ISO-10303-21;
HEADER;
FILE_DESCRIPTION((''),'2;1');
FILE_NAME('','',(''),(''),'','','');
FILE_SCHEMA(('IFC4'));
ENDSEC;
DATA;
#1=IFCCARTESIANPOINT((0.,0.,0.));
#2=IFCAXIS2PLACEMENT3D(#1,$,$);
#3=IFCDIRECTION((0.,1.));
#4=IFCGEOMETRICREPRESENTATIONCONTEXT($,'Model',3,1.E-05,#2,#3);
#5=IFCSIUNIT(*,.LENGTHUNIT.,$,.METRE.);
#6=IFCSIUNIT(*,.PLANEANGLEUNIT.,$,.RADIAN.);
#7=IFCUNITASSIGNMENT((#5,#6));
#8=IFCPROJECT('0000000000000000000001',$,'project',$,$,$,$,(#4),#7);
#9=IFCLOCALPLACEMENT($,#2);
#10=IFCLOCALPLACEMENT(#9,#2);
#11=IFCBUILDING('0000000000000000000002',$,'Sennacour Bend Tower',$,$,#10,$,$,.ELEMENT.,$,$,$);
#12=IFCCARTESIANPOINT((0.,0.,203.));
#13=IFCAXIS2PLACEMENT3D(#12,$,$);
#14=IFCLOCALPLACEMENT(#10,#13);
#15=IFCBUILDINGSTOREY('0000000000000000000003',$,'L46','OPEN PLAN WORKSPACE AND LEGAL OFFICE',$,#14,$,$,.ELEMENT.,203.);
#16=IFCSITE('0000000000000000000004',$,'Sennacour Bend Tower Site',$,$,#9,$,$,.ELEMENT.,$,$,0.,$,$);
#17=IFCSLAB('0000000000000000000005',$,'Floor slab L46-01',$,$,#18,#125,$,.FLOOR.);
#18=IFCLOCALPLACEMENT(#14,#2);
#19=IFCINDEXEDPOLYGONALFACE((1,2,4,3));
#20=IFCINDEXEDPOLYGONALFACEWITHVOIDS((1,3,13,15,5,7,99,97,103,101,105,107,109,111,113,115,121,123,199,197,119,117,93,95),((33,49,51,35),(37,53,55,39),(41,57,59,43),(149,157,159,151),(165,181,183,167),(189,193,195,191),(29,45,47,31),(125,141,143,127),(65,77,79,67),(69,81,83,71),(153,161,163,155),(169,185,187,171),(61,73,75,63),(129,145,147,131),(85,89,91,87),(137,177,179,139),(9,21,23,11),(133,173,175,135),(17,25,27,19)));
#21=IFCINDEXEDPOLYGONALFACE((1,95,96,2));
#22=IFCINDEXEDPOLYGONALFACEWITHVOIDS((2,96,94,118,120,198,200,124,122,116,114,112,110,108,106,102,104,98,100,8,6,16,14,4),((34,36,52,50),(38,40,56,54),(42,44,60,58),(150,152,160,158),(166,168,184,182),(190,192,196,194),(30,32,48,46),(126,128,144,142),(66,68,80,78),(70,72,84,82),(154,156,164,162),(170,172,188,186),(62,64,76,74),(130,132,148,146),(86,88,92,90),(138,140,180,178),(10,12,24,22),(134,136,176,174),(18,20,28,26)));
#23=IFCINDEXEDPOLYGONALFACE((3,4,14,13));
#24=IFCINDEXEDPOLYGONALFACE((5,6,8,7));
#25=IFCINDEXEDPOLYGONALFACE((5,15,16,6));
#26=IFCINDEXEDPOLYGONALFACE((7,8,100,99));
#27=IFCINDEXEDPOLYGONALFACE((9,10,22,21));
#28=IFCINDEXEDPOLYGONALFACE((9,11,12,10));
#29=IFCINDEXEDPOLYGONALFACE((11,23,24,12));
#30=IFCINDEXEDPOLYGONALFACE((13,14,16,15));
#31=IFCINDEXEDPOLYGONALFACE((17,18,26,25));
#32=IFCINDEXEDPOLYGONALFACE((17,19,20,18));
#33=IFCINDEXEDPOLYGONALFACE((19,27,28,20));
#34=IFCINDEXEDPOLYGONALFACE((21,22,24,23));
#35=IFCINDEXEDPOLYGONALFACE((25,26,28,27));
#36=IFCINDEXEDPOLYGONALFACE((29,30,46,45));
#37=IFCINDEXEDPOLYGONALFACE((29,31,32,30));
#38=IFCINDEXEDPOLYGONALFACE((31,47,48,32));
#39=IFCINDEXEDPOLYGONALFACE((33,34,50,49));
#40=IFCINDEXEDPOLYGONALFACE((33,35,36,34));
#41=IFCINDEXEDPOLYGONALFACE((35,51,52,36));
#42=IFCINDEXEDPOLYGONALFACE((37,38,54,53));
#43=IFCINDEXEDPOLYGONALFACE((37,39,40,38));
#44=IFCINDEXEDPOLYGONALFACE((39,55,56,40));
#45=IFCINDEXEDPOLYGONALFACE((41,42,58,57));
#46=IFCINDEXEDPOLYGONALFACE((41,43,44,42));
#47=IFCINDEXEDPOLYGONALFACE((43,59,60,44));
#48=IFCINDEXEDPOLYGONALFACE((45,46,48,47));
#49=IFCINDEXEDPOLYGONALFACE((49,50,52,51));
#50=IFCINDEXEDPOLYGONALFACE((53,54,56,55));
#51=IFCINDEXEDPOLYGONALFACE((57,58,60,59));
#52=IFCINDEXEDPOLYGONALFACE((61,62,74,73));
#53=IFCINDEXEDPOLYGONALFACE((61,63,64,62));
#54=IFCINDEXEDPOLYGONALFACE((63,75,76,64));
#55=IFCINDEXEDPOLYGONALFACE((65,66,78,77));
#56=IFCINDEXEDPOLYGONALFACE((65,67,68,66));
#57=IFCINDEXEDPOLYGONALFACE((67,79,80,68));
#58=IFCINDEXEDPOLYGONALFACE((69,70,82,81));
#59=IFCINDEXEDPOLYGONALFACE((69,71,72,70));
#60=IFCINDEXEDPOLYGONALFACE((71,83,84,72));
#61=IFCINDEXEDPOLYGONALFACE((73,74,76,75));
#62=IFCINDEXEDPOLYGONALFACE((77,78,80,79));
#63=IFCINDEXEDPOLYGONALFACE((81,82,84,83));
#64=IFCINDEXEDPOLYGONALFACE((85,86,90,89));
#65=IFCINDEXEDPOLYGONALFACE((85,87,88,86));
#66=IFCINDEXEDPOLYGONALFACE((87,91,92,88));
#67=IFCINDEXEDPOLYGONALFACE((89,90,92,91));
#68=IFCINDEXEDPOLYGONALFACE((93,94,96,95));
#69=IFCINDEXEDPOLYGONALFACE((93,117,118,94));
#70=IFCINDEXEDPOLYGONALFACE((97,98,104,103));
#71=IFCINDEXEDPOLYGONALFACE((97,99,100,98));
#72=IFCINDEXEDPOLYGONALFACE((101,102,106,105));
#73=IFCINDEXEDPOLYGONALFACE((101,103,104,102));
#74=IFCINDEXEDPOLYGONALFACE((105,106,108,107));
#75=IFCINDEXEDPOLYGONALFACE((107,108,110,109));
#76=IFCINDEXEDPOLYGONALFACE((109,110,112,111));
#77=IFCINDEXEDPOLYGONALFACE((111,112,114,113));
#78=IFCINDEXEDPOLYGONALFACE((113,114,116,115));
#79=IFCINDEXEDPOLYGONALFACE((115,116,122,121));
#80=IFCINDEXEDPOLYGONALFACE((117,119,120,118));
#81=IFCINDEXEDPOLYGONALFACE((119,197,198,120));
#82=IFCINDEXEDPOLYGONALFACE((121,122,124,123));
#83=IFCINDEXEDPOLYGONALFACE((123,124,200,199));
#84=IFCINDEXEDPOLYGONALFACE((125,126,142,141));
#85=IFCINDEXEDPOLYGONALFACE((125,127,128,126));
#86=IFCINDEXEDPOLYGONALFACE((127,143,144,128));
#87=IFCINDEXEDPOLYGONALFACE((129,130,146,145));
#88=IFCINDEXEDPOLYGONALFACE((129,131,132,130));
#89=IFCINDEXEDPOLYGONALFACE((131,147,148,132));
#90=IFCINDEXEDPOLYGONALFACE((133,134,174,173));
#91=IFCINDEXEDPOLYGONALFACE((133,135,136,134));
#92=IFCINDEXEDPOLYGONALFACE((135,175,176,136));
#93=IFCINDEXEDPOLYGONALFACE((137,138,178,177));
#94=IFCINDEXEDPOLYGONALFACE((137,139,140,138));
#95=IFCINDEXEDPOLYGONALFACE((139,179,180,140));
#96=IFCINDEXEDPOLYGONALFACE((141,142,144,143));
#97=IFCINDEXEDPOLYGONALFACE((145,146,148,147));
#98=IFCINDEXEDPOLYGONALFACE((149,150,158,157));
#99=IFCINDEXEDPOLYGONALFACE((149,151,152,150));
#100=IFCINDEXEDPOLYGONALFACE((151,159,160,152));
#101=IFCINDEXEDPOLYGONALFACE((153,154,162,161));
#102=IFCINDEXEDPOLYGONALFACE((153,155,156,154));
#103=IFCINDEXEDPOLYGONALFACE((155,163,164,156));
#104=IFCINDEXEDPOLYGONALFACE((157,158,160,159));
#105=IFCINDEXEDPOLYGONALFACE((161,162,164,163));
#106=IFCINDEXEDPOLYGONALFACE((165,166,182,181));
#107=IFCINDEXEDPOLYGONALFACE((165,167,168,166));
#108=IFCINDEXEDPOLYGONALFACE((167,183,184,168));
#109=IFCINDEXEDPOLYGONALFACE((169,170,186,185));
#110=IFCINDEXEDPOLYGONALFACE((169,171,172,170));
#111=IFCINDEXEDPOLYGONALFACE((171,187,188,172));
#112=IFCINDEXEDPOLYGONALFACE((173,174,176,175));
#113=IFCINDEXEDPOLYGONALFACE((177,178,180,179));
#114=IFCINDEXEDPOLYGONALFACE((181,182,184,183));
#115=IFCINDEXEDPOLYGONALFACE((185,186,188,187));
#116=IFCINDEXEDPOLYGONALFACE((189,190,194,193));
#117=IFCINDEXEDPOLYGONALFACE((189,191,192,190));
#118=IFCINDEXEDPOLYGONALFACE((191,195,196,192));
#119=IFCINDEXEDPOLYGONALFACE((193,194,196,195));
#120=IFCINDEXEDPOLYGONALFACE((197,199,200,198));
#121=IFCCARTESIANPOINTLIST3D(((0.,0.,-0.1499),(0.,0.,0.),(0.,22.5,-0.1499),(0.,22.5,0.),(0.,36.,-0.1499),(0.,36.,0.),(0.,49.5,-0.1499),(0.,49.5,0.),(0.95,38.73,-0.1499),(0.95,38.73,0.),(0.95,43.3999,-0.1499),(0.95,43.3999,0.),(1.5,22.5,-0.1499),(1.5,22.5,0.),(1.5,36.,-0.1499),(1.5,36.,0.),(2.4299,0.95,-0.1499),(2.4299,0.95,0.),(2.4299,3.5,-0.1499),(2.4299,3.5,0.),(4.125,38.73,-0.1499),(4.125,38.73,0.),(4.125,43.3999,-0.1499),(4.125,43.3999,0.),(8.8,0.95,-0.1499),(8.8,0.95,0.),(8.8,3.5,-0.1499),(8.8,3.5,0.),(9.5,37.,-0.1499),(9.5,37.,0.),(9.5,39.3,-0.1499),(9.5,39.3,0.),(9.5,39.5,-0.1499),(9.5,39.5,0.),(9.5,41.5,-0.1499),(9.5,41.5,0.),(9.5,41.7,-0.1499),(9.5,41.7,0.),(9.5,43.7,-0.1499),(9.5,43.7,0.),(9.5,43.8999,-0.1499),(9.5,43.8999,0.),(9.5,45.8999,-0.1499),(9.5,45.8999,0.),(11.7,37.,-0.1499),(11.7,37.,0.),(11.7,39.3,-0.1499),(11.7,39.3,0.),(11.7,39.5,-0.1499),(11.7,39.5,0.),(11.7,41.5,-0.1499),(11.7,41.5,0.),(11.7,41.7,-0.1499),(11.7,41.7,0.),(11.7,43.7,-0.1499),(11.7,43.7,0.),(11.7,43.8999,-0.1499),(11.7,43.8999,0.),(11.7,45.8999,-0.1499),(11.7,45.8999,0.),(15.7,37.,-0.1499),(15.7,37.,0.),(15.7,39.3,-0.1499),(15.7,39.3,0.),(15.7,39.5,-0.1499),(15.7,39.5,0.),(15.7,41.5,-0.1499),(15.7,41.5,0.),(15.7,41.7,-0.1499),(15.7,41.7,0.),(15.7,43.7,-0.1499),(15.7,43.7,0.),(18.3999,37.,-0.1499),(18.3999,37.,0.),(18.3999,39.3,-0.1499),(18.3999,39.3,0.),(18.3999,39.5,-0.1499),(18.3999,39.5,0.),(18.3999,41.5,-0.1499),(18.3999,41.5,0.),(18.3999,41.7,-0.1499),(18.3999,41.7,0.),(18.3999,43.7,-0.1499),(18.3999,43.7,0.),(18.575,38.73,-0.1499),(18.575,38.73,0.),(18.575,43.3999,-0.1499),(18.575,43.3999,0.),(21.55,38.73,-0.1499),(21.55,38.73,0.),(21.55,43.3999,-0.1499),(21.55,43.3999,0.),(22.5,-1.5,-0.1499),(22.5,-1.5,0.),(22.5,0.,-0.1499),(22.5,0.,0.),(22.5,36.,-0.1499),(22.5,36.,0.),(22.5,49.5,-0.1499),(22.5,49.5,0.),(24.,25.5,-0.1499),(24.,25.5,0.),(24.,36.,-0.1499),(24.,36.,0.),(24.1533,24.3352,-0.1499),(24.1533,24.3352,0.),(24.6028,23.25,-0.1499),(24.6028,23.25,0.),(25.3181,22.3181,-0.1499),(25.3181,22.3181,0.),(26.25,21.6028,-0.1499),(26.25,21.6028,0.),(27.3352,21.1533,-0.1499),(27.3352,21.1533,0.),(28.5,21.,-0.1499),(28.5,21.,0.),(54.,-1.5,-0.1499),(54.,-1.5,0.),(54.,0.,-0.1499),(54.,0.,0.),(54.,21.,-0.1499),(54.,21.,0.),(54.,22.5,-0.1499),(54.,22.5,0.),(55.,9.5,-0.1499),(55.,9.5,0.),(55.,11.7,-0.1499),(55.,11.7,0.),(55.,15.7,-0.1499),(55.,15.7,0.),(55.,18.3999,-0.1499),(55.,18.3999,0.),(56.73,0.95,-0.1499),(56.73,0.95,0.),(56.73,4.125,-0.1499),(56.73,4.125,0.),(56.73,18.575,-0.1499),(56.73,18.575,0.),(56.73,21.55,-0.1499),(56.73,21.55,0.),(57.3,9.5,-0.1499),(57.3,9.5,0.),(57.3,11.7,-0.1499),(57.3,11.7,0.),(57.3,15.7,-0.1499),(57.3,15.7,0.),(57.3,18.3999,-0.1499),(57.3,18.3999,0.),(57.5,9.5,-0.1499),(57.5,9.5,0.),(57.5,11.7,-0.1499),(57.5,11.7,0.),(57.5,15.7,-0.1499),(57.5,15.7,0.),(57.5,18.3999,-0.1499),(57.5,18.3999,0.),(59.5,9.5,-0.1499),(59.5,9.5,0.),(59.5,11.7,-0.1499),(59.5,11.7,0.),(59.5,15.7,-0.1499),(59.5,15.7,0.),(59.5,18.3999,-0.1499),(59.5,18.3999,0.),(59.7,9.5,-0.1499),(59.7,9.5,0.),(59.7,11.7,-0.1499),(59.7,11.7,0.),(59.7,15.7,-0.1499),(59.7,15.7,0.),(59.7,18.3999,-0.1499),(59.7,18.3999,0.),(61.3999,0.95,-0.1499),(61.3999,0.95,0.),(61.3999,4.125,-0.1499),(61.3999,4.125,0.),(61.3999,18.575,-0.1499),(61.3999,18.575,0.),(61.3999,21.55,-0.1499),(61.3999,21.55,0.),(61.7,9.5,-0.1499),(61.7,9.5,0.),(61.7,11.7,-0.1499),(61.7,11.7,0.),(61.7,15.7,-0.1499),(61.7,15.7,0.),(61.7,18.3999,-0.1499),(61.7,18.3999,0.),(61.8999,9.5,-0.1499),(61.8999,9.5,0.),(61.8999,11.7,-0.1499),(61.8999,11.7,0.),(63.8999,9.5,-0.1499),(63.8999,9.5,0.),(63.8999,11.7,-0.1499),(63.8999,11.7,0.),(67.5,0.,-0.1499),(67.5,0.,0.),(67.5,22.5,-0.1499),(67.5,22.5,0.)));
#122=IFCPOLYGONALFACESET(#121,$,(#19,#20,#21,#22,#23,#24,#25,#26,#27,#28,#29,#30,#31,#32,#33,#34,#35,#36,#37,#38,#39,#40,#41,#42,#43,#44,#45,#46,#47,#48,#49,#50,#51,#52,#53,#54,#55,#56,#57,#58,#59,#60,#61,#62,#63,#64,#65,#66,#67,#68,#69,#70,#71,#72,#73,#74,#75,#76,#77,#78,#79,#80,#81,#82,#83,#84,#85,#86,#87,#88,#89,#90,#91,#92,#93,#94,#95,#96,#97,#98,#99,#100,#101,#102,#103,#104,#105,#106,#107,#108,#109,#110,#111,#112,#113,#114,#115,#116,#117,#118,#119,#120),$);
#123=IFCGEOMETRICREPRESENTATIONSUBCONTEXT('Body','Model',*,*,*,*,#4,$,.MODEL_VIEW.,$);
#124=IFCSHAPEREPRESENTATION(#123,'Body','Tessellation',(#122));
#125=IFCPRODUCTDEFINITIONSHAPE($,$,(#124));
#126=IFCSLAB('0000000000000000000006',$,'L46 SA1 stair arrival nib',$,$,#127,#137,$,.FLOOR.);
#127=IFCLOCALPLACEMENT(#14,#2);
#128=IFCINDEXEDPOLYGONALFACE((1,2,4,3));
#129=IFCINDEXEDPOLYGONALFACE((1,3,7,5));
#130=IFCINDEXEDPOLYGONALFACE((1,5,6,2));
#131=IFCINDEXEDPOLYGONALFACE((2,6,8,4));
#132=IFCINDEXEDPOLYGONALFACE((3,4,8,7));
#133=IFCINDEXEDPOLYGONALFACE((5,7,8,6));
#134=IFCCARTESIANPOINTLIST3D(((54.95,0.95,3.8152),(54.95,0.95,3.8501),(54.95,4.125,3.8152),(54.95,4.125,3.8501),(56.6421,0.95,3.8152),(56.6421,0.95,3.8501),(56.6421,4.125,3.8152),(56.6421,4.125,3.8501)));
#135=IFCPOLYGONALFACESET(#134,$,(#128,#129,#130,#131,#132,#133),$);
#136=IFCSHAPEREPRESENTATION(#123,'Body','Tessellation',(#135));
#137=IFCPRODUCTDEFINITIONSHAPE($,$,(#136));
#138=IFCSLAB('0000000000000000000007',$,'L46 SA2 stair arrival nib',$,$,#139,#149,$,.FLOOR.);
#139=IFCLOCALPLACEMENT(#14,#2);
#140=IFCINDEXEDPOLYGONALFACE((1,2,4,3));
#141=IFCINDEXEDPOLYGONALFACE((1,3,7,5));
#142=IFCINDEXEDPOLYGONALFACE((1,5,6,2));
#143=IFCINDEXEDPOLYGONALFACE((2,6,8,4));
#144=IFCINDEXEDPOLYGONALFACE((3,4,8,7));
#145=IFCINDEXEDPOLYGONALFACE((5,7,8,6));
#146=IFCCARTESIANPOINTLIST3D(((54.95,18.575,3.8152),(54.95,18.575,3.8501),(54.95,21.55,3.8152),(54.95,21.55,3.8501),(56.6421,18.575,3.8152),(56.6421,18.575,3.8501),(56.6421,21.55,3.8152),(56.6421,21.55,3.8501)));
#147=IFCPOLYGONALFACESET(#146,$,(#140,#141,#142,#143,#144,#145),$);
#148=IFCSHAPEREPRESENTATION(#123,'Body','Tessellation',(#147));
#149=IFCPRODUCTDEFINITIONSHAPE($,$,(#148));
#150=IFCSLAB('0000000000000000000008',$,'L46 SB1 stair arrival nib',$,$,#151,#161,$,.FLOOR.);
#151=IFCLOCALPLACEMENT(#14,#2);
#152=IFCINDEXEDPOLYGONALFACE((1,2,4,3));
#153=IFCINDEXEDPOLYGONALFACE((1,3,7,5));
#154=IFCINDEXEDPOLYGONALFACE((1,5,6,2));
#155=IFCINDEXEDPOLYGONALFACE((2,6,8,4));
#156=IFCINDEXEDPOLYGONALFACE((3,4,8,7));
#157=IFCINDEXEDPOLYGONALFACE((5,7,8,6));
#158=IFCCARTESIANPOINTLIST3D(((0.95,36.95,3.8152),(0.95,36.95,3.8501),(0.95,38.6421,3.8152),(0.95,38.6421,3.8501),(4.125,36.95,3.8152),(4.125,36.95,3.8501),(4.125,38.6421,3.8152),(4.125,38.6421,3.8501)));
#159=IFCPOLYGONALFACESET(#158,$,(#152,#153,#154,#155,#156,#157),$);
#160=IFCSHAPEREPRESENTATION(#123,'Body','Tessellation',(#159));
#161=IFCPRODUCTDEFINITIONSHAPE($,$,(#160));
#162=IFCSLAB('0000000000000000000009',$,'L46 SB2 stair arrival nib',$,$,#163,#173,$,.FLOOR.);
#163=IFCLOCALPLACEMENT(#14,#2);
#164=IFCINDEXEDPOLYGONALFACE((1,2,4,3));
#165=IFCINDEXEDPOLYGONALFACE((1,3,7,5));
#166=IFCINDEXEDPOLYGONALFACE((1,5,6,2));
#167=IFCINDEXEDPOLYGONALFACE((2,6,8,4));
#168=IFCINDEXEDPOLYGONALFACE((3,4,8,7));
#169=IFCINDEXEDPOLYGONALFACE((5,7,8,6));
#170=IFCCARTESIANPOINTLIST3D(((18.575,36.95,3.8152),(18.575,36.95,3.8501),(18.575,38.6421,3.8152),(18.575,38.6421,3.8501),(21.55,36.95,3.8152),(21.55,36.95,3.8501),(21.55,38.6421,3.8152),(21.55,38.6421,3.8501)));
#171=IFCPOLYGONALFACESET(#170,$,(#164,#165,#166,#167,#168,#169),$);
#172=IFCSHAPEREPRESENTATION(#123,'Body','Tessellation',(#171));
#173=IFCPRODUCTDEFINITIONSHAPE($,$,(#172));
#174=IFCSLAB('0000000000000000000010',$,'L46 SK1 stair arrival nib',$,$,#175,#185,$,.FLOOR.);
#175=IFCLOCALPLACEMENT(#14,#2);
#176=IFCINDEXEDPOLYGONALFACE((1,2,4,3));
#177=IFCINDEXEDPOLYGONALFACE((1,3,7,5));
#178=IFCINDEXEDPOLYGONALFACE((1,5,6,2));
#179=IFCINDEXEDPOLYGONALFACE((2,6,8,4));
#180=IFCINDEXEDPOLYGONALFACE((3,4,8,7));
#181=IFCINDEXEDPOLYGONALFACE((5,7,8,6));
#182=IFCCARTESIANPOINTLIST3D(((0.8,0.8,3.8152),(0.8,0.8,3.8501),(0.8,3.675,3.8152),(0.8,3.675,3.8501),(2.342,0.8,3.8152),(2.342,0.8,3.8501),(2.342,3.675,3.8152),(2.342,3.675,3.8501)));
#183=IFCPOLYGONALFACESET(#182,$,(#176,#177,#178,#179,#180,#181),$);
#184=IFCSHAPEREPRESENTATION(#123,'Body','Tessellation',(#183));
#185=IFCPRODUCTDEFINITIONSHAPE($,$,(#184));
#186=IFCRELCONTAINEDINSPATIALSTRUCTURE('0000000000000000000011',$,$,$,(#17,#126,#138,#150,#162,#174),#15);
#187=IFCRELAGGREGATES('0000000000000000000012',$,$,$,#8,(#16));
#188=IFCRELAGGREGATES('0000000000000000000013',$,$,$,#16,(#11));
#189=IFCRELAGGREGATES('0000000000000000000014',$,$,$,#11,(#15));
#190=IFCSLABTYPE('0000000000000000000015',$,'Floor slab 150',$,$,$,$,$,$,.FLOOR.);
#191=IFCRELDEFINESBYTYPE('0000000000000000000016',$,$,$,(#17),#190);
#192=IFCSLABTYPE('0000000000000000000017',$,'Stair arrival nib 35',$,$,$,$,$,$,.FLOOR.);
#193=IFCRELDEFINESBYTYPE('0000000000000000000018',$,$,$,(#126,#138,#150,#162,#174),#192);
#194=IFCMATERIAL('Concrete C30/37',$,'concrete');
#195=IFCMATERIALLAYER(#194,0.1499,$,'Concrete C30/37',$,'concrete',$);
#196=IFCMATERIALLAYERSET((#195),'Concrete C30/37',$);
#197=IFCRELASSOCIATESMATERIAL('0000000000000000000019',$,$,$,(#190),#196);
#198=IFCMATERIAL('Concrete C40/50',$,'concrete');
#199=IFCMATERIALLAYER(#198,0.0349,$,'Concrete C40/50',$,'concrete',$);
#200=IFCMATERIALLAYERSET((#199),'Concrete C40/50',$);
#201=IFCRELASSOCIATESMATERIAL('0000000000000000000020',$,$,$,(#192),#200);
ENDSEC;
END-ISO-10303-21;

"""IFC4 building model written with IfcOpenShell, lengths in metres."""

from ifc_helpers import new_model, si_unit, direction, frame, origin, place, context, subcontext, project, spatial, polyline, outline, extrude, material, layer, layer_set, type_object, element, save


model = new_model("IFC4")

# Units and contexts
model_context = context("Model", 3, precision=1e-05, world=origin(), true_north=direction((0.0, 1.0)))
body_context = subcontext(model_context, "Body", "Model", "MODEL_VIEW")
ifc_project = project(units=[si_unit("LENGTHUNIT", "METRE"), si_unit("PLANEANGLEUNIT", "RADIAN")], contexts=[model_context])

# Site, building, storey
site_placement = place(None, origin())
site = spatial("IfcSite", under=ifc_project, at=site_placement, Name="Sennacour Bend Tower Site", CompositionType="ELEMENT", RefElevation=0.0)
building_placement = place(site_placement, origin())
building = spatial("IfcBuilding", under=site, at=building_placement, Name="Sennacour Bend Tower", CompositionType="ELEMENT")
storey_placement = place(building_placement, frame((0.0, 0.0, 203.0)))
storey = spatial("IfcBuildingStorey", under=building, at=storey_placement, Name="L46", Description="OPEN PLAN WORKSPACE AND LEGAL OFFICE", CompositionType="ELEMENT", Elevation=203.0)

# Slabs
ifc_material_1 = material(Name="Concrete C30/37", Category="concrete")
ifc_layer_1 = layer(ifc_material_1, 0.1499, Name="Concrete C30/37", Category="concrete")
ifc_layer_set_1 = layer_set([ifc_layer_1], Name="Concrete C30/37")
slab_type_1 = type_object("IfcSlabType", Name="Floor slab 150", PredefinedType="FLOOR", material=ifc_layer_set_1)
slab_1_placement = place(storey_placement, frame((0.0, 0.0, -0.1499)))
element("IfcSlab", 1, at=slab_1_placement, inside=storey, type_object=slab_type_1, Name="Floor slab L46-01", PredefinedType="FLOOR", context=body_context, shape_type="SweptSolid", body=[
    extrude(outline(polyline([(22.5, 0.0), (0.0, 0.0), (0.0, 22.5), (1.5, 22.5), (1.5, 36.0), (0.0, 36.0), (0.0, 49.5), (22.5, 49.5), (22.5, 36.0), (24.0, 36.0), (24.0, 25.5), (24.1533, 24.3352), (24.6028, 23.25), (25.3181, 22.3181), (26.25, 21.6028), (27.3352, 21.1533), (28.5, 21.0), (54.0, 21.0), (54.0, 22.5), (67.5, 22.5), (67.5, 0.0), (54.0, 0.0), (54.0, -1.5), (22.5, -1.5), (22.5, 0.0)]), holes=[polyline([(8.8, 0.95), (8.8, 3.5), (2.4299, 3.5), (2.4299, 0.95), (8.8, 0.95)]), polyline([(11.7, 37.0), (11.7, 39.3), (9.5, 39.3), (9.5, 37.0), (11.7, 37.0)]), polyline([(18.3999, 37.0), (18.3999, 39.3), (15.7, 39.3), (15.7, 37.0), (18.3999, 37.0)]), polyline([(11.7, 39.5), (11.7, 41.5), (9.5, 41.5), (9.5, 39.5), (11.7, 39.5)]), polyline([(18.3999, 39.5), (18.3999, 41.5), (15.7, 41.5), (15.7, 39.5), (18.3999, 39.5)]), polyline([(4.125, 38.73), (4.125, 43.3999), (0.95, 43.3999), (0.95, 38.73), (4.125, 38.73)]), polyline([(21.55, 38.73), (21.55, 43.3999), (18.575, 43.3999), (18.575, 38.73), (21.55, 38.73)]), polyline([(9.5, 41.7), (11.7, 41.7), (11.7, 43.7), (9.5, 43.7), (9.5, 41.7)]), polyline([(15.7, 41.7), (18.3999, 41.7), (18.3999, 43.7), (15.7, 43.7), (15.7, 41.7)]), polyline([(11.7, 43.8999), (11.7, 45.8999), (9.5, 45.8999), (9.5, 43.8999), (11.7, 43.8999)]), polyline([(61.3999, 0.95), (61.3999, 4.125), (56.73, 4.125), (56.73, 0.95), (61.3999, 0.95)]), polyline([(57.3, 9.5), (57.3, 11.7), (55.0, 11.7), (55.0, 9.5), (57.3, 9.5)]), polyline([(57.5, 9.5), (59.5, 9.5), (59.5, 11.7), (57.5, 11.7), (57.5, 9.5)]), polyline([(59.7, 9.5), (61.7, 9.5), (61.7, 11.7), (59.7, 11.7), (59.7, 9.5)]), polyline([(63.8999, 9.5), (63.8999, 11.7), (61.8999, 11.7), (61.8999, 9.5), (63.8999, 9.5)]), polyline([(57.3, 15.7), (57.3, 18.3999), (55.0, 18.3999), (55.0, 15.7), (57.3, 15.7)]), polyline([(59.5, 15.7), (59.5, 18.3999), (57.5, 18.3999), (57.5, 15.7), (59.5, 15.7)]), polyline([(59.7, 15.7), (61.7, 15.7), (61.7, 18.3999), (59.7, 18.3999), (59.7, 15.7)]), polyline([(56.73, 18.575), (61.3999, 18.575), (61.3999, 21.55), (56.73, 21.55), (56.73, 18.575)])]), origin(), (0.0, 0.0, 1.0), 0.1499),
])
ifc_material_2 = material(Name="Concrete C40/50", Category="concrete")
ifc_layer_2 = layer(ifc_material_2, 0.0349, Name="Concrete C40/50", Category="concrete")
ifc_layer_set_2 = layer_set([ifc_layer_2], Name="Concrete C40/50")
slab_type_2 = type_object("IfcSlabType", Name="Stair arrival nib 35", PredefinedType="FLOOR", material=ifc_layer_set_2)
slab_2_placement = place(storey_placement, frame((0.0, 0.0, 3.8152)))
element("IfcSlab", 2, at=slab_2_placement, inside=storey, type_object=slab_type_2, Name="L46 SA1 stair arrival nib", PredefinedType="FLOOR", context=body_context, shape_type="SweptSolid", body=[
    extrude(outline(polyline([(56.6421, 4.125), (54.95, 4.125), (54.95, 0.95), (56.6421, 0.95), (56.6421, 4.125)])), origin(), (0.0, 0.0, 1.0), 0.0349),
])
slab_3_placement = place(storey_placement, frame((0.0, 0.0, 3.8152)))
element("IfcSlab", 3, at=slab_3_placement, inside=storey, type_object=slab_type_2, Name="L46 SA2 stair arrival nib", PredefinedType="FLOOR", context=body_context, shape_type="SweptSolid", body=[
    extrude(outline(polyline([(56.6421, 21.55), (54.95, 21.55), (54.95, 18.575), (56.6421, 18.575), (56.6421, 21.55)])), origin(), (0.0, 0.0, 1.0), 0.0349),
])
slab_4_placement = place(storey_placement, frame((0.0, 0.0, 3.8152)))
element("IfcSlab", 4, at=slab_4_placement, inside=storey, type_object=slab_type_2, Name="L46 SB1 stair arrival nib", PredefinedType="FLOOR", context=body_context, shape_type="SweptSolid", body=[
    extrude(outline(polyline([(0.95, 38.6421), (0.95, 36.95), (4.125, 36.95), (4.125, 38.6421), (0.95, 38.6421)])), origin(), (0.0, 0.0, 1.0), 0.0349),
])
slab_5_placement = place(storey_placement, frame((0.0, 0.0, 3.8152)))
element("IfcSlab", 5, at=slab_5_placement, inside=storey, type_object=slab_type_2, Name="L46 SB2 stair arrival nib", PredefinedType="FLOOR", context=body_context, shape_type="SweptSolid", body=[
    extrude(outline(polyline([(18.575, 38.6421), (18.575, 36.95), (21.55, 36.95), (21.55, 38.6421), (18.575, 38.6421)])), origin(), (0.0, 0.0, 1.0), 0.0349),
])
slab_6_placement = place(storey_placement, frame((0.0, 0.0, 3.8152)))
element("IfcSlab", 6, at=slab_6_placement, inside=storey, type_object=slab_type_2, Name="L46 SK1 stair arrival nib", PredefinedType="FLOOR", context=body_context, shape_type="SweptSolid", body=[
    extrude(outline(polyline([(2.342, 3.675), (0.8, 3.675), (0.8, 0.8), (2.342, 0.8), (2.342, 3.675)])), origin(), (0.0, 0.0, 1.0), 0.0349),
])

save(model, "model.ifc")
